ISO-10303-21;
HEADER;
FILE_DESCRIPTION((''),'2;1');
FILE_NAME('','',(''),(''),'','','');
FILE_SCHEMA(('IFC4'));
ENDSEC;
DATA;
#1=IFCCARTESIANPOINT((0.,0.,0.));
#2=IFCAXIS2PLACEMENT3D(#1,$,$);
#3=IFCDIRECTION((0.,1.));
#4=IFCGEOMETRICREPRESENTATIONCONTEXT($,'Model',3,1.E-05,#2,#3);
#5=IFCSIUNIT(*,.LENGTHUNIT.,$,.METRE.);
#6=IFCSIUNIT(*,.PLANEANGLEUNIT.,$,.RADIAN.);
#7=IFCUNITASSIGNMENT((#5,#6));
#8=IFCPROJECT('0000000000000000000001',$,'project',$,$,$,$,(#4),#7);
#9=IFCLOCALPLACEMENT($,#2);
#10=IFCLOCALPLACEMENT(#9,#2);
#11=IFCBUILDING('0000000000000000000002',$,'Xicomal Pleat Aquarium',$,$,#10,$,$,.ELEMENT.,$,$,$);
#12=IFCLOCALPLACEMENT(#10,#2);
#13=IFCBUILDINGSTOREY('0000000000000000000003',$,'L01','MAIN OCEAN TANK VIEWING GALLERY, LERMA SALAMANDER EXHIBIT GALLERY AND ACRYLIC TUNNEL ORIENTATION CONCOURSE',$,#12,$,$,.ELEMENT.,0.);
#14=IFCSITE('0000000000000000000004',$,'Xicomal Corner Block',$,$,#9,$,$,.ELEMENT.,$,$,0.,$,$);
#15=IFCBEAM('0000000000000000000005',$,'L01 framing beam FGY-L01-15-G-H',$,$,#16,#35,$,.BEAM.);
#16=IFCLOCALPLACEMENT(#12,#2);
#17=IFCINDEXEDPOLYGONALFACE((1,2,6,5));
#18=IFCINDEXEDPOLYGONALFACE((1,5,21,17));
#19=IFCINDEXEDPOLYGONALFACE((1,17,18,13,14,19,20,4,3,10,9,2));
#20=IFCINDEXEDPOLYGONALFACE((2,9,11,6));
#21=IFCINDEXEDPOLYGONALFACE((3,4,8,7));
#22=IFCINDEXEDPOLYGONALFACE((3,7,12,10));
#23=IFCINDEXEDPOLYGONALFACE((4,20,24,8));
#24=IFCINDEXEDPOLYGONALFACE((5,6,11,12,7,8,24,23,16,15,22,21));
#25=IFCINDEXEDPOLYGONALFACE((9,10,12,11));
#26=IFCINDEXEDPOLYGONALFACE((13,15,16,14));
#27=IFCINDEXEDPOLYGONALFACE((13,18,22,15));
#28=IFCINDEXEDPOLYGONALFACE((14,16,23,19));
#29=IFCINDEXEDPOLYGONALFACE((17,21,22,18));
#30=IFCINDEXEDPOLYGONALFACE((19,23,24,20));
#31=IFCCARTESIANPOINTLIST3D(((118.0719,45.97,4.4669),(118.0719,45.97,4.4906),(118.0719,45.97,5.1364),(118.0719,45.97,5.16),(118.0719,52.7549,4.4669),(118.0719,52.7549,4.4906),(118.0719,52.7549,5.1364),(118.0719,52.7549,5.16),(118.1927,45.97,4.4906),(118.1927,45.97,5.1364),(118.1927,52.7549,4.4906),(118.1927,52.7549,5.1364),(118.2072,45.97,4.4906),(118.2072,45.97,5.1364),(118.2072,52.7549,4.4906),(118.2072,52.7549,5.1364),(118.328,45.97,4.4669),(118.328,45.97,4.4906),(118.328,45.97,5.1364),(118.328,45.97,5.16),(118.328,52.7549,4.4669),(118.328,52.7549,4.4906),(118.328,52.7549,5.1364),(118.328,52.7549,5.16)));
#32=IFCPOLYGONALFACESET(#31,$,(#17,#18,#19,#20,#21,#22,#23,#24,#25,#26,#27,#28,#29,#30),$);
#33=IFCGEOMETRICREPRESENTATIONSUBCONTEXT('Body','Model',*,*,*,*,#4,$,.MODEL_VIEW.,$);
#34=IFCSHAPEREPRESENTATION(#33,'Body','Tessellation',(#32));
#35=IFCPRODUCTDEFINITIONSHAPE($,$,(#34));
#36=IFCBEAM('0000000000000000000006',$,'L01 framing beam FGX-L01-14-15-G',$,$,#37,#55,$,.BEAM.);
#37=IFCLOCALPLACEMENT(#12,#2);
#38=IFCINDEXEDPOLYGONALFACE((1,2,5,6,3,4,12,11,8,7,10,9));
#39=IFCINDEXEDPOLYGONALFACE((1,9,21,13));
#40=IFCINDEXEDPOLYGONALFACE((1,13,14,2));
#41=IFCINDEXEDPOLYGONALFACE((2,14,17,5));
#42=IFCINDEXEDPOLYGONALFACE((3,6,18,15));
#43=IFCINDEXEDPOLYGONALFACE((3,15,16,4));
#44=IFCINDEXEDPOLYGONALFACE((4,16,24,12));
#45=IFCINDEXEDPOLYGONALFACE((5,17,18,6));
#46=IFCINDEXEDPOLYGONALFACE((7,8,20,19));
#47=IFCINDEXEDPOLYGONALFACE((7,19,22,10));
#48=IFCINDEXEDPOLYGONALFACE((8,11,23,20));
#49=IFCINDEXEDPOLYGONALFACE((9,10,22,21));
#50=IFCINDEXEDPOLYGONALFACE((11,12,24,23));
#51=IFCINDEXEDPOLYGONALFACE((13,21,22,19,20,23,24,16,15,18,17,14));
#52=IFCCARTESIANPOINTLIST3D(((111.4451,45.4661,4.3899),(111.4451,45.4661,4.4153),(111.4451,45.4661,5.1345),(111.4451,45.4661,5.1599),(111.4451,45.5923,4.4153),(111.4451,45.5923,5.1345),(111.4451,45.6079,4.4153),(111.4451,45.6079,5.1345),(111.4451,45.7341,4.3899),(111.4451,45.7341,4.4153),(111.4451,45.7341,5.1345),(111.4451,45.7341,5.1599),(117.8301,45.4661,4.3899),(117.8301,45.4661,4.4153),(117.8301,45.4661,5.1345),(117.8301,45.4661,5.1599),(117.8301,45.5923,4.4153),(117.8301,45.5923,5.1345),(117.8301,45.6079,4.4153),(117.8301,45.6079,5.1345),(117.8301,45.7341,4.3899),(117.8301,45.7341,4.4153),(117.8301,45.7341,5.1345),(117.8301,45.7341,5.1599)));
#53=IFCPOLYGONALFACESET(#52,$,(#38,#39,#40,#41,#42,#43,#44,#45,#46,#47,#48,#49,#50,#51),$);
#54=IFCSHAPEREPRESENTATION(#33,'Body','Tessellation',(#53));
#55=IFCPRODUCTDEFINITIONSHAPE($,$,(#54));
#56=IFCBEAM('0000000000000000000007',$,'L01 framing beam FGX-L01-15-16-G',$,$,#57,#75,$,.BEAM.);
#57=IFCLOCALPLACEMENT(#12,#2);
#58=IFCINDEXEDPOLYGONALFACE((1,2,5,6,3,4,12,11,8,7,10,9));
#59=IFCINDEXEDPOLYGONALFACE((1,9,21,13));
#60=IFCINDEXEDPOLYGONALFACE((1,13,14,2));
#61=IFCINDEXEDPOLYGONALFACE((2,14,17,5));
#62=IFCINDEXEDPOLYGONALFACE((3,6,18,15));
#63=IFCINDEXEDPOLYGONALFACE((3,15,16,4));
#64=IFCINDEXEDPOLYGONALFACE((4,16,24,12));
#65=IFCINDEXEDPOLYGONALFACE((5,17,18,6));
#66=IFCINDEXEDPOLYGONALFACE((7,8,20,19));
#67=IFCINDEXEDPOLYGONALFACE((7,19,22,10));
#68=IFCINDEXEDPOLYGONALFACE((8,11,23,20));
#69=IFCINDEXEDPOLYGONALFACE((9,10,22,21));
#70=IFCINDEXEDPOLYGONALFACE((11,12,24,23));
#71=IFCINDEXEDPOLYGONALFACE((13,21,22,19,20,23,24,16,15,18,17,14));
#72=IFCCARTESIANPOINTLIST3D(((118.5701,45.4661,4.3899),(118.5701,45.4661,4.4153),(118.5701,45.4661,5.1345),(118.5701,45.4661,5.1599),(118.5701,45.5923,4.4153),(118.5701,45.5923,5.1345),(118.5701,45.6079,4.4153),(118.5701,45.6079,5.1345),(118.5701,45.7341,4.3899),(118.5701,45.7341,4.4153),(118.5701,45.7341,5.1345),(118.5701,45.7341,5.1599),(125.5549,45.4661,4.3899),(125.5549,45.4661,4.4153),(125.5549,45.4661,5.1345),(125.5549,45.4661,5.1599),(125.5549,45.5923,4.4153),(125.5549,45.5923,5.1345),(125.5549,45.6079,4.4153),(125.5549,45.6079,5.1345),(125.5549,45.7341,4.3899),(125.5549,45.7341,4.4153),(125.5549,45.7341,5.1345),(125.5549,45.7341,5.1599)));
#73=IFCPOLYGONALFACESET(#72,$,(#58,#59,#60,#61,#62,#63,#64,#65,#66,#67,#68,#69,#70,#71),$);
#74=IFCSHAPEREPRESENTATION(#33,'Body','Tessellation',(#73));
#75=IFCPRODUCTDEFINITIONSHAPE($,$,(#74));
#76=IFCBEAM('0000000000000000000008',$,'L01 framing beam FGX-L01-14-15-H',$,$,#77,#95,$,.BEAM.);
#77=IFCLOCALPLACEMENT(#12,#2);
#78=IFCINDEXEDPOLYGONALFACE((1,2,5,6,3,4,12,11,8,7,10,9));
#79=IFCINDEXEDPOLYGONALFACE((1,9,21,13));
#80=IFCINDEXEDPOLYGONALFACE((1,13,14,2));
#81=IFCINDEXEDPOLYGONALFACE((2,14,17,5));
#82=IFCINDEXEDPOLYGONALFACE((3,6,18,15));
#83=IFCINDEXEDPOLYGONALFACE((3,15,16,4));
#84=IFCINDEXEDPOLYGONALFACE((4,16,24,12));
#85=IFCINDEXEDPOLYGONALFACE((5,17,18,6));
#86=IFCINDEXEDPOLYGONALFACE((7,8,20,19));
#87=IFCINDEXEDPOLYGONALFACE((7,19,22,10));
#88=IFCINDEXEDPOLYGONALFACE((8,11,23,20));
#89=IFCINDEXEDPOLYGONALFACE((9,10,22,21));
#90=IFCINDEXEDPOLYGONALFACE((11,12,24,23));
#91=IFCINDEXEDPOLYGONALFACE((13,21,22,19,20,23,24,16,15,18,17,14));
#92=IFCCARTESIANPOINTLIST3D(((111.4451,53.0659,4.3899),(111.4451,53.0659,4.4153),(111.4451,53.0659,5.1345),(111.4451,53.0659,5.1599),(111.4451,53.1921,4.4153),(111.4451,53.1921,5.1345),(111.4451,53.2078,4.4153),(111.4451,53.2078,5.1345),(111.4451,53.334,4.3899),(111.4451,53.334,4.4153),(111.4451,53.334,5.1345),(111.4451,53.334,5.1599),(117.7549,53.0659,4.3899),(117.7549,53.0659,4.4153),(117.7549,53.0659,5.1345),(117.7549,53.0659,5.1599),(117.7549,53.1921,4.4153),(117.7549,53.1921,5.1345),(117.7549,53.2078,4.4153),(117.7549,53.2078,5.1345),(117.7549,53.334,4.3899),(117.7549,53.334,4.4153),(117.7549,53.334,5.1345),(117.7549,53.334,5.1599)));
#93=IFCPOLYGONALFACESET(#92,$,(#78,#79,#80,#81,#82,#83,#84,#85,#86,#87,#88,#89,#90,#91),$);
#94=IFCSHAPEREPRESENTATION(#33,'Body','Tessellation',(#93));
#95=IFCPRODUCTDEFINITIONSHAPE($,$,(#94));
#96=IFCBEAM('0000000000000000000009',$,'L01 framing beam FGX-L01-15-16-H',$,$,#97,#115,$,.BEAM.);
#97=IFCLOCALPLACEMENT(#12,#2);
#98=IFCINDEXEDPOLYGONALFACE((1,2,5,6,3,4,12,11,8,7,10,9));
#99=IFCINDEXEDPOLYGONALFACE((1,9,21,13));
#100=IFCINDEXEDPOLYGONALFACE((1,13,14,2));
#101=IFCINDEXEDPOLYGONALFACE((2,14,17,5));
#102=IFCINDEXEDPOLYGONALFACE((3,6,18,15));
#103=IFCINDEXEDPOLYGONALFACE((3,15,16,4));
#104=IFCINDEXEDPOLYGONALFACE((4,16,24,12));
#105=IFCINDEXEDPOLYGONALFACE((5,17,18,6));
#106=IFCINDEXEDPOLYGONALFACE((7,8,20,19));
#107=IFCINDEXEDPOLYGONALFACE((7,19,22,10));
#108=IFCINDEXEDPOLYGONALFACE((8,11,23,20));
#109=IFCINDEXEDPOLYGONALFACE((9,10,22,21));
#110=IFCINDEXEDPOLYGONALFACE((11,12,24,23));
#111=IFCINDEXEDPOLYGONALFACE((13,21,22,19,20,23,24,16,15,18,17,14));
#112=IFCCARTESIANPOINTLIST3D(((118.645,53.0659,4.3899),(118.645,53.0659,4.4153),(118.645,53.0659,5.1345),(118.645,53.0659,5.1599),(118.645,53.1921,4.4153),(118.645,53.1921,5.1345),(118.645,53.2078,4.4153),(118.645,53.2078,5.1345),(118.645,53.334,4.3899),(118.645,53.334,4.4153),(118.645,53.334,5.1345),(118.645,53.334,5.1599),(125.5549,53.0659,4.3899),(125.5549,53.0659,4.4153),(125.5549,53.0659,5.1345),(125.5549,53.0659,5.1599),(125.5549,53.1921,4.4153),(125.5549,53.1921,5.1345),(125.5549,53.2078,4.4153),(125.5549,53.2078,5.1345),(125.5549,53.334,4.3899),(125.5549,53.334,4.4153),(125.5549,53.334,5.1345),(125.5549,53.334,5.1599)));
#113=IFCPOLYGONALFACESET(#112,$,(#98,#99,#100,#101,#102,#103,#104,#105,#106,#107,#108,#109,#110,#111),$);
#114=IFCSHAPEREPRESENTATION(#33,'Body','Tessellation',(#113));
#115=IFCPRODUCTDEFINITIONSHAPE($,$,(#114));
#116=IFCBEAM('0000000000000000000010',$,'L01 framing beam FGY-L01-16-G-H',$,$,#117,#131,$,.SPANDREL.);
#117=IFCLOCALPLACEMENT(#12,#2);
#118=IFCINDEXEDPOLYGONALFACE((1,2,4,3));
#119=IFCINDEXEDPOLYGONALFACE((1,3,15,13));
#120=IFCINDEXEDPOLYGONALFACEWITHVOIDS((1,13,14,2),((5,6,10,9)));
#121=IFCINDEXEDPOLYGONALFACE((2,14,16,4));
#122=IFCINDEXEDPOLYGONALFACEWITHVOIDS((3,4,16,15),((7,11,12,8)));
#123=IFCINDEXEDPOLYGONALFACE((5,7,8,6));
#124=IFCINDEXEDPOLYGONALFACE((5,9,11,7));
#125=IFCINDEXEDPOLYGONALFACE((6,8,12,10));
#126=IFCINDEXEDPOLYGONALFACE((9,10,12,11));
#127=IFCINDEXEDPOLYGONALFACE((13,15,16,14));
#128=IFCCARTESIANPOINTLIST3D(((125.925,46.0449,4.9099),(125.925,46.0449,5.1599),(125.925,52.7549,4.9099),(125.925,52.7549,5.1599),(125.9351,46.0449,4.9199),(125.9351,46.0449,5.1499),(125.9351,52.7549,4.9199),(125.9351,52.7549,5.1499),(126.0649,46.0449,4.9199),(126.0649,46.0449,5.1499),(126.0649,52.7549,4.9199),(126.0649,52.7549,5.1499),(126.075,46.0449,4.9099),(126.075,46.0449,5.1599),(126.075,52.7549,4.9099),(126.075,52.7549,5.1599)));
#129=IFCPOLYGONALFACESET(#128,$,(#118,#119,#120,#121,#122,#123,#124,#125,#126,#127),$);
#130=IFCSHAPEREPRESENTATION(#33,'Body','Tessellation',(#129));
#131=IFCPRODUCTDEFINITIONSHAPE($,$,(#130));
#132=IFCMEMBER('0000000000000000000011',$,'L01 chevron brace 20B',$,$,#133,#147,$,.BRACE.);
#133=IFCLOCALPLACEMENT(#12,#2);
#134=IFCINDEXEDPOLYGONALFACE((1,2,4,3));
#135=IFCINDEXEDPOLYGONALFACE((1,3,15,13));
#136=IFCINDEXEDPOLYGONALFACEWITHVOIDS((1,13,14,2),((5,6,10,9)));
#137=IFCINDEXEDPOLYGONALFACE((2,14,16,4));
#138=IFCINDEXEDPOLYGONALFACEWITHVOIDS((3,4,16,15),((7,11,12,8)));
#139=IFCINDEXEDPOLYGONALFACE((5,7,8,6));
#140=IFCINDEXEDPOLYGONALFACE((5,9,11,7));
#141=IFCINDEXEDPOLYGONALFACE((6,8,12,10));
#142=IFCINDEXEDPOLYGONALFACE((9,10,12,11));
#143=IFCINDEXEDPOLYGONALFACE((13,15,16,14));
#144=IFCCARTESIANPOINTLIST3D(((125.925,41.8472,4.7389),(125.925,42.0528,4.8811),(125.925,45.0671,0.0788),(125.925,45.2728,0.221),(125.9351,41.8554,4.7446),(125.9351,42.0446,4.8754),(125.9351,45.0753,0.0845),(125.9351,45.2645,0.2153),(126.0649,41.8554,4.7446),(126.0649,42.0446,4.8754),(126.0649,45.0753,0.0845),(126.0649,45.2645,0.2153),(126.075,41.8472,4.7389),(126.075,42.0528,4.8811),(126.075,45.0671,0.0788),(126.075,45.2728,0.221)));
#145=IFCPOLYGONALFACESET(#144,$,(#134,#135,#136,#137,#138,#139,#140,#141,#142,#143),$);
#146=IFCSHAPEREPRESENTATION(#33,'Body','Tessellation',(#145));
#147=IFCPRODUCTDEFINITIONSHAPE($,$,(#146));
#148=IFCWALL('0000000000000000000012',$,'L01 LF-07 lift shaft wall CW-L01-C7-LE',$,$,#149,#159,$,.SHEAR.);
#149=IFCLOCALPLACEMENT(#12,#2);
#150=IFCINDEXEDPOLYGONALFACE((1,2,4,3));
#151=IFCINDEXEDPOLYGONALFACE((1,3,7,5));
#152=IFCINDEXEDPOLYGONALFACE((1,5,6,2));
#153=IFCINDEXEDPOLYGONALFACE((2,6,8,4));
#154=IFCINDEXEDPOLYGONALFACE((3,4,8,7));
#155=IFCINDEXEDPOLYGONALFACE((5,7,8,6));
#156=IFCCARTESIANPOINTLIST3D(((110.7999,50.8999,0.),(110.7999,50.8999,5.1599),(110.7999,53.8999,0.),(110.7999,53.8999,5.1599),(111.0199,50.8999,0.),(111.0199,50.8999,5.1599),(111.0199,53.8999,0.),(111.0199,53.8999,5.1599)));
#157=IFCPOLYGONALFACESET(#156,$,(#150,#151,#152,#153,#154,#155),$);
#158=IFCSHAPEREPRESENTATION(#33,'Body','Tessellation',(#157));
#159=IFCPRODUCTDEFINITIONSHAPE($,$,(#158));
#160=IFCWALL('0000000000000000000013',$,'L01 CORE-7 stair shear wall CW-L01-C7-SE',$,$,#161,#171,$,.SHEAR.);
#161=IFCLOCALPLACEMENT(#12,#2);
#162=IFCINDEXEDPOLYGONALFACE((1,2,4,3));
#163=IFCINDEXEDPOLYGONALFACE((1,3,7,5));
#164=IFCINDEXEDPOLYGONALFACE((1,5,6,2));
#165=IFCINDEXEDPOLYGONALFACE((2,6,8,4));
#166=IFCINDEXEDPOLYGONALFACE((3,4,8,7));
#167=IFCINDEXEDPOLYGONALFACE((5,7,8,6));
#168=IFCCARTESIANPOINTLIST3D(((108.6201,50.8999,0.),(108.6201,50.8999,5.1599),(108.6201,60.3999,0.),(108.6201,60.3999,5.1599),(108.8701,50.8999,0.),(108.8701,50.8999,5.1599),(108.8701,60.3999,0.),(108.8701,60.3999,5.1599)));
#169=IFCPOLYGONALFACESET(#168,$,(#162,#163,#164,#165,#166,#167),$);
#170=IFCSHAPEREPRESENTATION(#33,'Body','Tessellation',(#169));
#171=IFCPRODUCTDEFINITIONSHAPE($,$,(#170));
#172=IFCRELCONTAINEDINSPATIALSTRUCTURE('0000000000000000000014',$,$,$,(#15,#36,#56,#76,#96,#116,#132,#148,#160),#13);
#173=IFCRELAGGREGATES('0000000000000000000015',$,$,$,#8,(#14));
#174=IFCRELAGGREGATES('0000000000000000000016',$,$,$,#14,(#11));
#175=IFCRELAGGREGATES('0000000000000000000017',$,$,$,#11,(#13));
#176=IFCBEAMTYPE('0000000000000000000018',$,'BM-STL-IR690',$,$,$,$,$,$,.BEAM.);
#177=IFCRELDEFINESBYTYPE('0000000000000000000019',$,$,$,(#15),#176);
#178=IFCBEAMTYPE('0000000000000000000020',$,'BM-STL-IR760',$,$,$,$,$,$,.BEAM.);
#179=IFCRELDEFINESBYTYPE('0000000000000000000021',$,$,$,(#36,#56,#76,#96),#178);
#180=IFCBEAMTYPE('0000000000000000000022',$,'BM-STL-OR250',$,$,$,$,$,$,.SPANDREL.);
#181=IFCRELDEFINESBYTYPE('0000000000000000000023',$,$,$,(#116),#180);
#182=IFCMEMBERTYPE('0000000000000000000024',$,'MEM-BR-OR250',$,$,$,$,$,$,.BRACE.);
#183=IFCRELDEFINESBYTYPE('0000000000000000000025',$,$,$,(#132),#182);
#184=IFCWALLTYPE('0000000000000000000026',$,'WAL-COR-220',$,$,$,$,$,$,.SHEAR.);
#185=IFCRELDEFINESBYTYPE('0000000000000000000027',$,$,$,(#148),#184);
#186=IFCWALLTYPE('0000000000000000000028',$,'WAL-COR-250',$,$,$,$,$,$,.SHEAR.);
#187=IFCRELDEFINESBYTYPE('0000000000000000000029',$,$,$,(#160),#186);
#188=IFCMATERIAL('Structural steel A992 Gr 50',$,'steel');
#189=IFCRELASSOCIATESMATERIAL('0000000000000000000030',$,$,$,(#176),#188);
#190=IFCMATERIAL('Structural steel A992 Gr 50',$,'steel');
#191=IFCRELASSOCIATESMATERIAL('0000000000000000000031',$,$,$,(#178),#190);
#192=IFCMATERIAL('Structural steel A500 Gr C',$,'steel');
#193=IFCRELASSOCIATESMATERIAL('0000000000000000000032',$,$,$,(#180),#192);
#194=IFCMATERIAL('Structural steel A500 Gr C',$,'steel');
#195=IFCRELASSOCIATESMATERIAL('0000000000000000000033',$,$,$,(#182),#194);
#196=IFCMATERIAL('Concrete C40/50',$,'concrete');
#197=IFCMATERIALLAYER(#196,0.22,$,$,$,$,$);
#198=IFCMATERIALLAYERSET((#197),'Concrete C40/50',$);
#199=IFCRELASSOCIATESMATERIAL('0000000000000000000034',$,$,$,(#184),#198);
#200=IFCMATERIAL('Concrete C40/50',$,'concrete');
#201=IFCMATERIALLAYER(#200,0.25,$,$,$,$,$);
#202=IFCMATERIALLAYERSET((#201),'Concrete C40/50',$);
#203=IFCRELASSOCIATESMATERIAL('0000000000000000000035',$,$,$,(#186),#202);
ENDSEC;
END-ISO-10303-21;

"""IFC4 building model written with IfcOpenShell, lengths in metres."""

from ifc_helpers import new_model, si_unit, direction, frame, frame_2d, origin, origin_2d, place, context, subcontext, project, spatial, rectangle, hollow_rectangle, i_section, extrude, material, layer, layer_set, material_profile, profile_set, type_object, element, save


model = new_model("IFC4")

# Units and contexts
model_context = context("Model", 3, precision=1e-05, world=origin(), true_north=direction((0.0, 1.0)))
body_context = subcontext(model_context, "Body", "Model", "MODEL_VIEW")
ifc_project = project(units=[si_unit("LENGTHUNIT", "METRE"), si_unit("PLANEANGLEUNIT", "RADIAN")], contexts=[model_context])

# Site, building, storey
site_placement = place(None, origin())
site = spatial("IfcSite", under=ifc_project, at=site_placement, Name="Xicomal Corner Block", CompositionType="ELEMENT", RefElevation=0.0)
building_placement = place(site_placement, origin())
building = spatial("IfcBuilding", under=site, at=building_placement, Name="Xicomal Pleat Aquarium", CompositionType="ELEMENT")
storey_placement = place(building_placement, origin())
storey = spatial("IfcBuildingStorey", under=building, at=storey_placement, Name="L01", Description="MAIN OCEAN TANK VIEWING GALLERY, LERMA SALAMANDER EXHIBIT GALLERY AND ACRYLIC TUNNEL ORIENTATION CONCOURSE", CompositionType="ELEMENT", Elevation=0.0)

# Beams
ifc_material_1 = material(Name="Structural steel A992 Gr 50", Category="steel")
ifc_material_profile_1 = material_profile(ifc_material_1, i_section(OverallWidth=0.2561, OverallDepth=0.6931, WebThickness=0.0144, FlangeThickness=0.0237, at=origin_2d()), Name="IR 690x170")
ifc_profile_set_1 = profile_set([ifc_material_profile_1], Name="Structural steel A992 Gr 50")
beam_type_1 = type_object("IfcBeamType", Name="BM-STL-IR690", PredefinedType="BEAM", material=ifc_profile_set_1)
beam_1_placement = place(storey_placement, frame((118.2, 45.97, 4.8135), z_axis=(0.0, 1.0, 0.0), x_axis=(-1.0, 0.0, 0.0)))
element("IfcBeam", 1, at=beam_1_placement, inside=storey, type_object=beam_type_1, Name="L01 framing beam FGY-L01-15-G-H", PredefinedType="BEAM", context=body_context, shape_type="SweptSolid", body=[
    extrude(i_section(OverallWidth=0.2561, OverallDepth=0.6931, WebThickness=0.0144, FlangeThickness=0.0237, at=origin_2d()), origin(), (0.0, 0.0, 1.0), 6.7849),
])
ifc_material_2 = material(Name="Structural steel A992 Gr 50", Category="steel")
ifc_material_profile_2 = material_profile(ifc_material_2, i_section(OverallWidth=0.2681, OverallDepth=0.77, WebThickness=0.0156, FlangeThickness=0.0254, at=origin_2d()), Name="IR 760x196")
ifc_profile_set_2 = profile_set([ifc_material_profile_2], Name="Structural steel A992 Gr 50")
beam_type_2 = type_object("IfcBeamType", Name="BM-STL-IR760", PredefinedType="BEAM", material=ifc_profile_set_2)
beam_2_placement = place(storey_placement, frame((111.4451, 45.6001, 4.7749), z_axis=(1.0, 0.0, 0.0), x_axis=(0.0, 1.0, 0.0)))
element("IfcBeam", 2, at=beam_2_placement, inside=storey, type_object=beam_type_2, Name="L01 framing beam FGX-L01-14-15-G", PredefinedType="BEAM", context=body_context, shape_type="SweptSolid", body=[
    extrude(i_section(OverallWidth=0.2681, OverallDepth=0.77, WebThickness=0.0156, FlangeThickness=0.0254, at=origin_2d()), origin(), (0.0, 0.0, 1.0), 6.385),
])
beam_3_placement = place(storey_placement, frame((118.5701, 45.6001, 4.7749), z_axis=(1.0, 0.0, 0.0), x_axis=(0.0, 1.0, 0.0)))
element("IfcBeam", 3, at=beam_3_placement, inside=storey, type_object=beam_type_2, Name="L01 framing beam FGX-L01-15-16-G", PredefinedType="BEAM", context=body_context, shape_type="SweptSolid", body=[
    extrude(i_section(OverallWidth=0.2681, OverallDepth=0.77, WebThickness=0.0156, FlangeThickness=0.0254, at=origin_2d()), origin(), (0.0, 0.0, 1.0), 6.9849),
])
beam_4_placement = place(storey_placement, frame((111.4451, 53.2, 4.7749), z_axis=(1.0, 0.0, 0.0), x_axis=(0.0, 1.0, 0.0)))
element("IfcBeam", 4, at=beam_4_placement, inside=storey, type_object=beam_type_2, Name="L01 framing beam FGX-L01-14-15-H", PredefinedType="BEAM", context=body_context, shape_type="SweptSolid", body=[
    extrude(i_section(OverallWidth=0.2681, OverallDepth=0.77, WebThickness=0.0156, FlangeThickness=0.0254, at=origin_2d()), origin(), (0.0, 0.0, 1.0), 6.3098),
])
beam_5_placement = place(storey_placement, frame((118.645, 53.2, 4.7749), z_axis=(1.0, 0.0, 0.0), x_axis=(0.0, 1.0, 0.0)))
element("IfcBeam", 5, at=beam_5_placement, inside=storey, type_object=beam_type_2, Name="L01 framing beam FGX-L01-15-16-H", PredefinedType="BEAM", context=body_context, shape_type="SweptSolid", body=[
    extrude(i_section(OverallWidth=0.2681, OverallDepth=0.77, WebThickness=0.0156, FlangeThickness=0.0254, at=origin_2d()), origin(), (0.0, 0.0, 1.0), 6.9099),
])
ifc_material_3 = material(Name="Structural steel A500 Gr C", Category="steel")
ifc_material_profile_3 = material_profile(ifc_material_3, hollow_rectangle(XDim=0.1499, YDim=0.25, WallThickness=0.01, at=origin_2d()), Name="OR 250x150x10")
ifc_profile_set_3 = profile_set([ifc_material_profile_3], Name="Structural steel A500 Gr C")
beam_type_3 = type_object("IfcBeamType", Name="BM-STL-OR250", PredefinedType="SPANDREL", material=ifc_profile_set_3)
beam_6_placement = place(storey_placement, frame((126.0, 46.0449, 5.0349), z_axis=(0.0, 1.0, 0.0), x_axis=(-1.0, 0.0, 0.0)))
element("IfcBeam", 6, at=beam_6_placement, inside=storey, type_object=beam_type_3, Name="L01 framing beam FGY-L01-16-G-H", PredefinedType="SPANDREL", context=body_context, shape_type="SweptSolid", body=[
    extrude(hollow_rectangle(XDim=0.1499, YDim=0.25, WallThickness=0.01, at=origin_2d()), origin(), (0.0, 0.0, 1.0), 6.71),
])

# Member
ifc_material_4 = material(Name="Structural steel A500 Gr C", Category="steel")
ifc_material_profile_4 = material_profile(ifc_material_4, hollow_rectangle(XDim=0.1499, YDim=0.25, WallThickness=0.01, at=origin_2d()), Name="OR 250x150x10")
ifc_profile_set_4 = profile_set([ifc_material_profile_4], Name="Structural steel A500 Gr C")
member_type = type_object("IfcMemberType", Name="MEM-BR-OR250", PredefinedType="BRACE", material=ifc_profile_set_4)
member_placement = place(storey_placement, frame((126.0, 45.1699, 0.1499), z_axis=(0.0, -0.568459, 0.822712), x_axis=(1.0, 0.0, 0.0)))
element("IfcMember", 7, at=member_placement, inside=storey, type_object=member_type, Name="L01 chevron brace 20B", PredefinedType="BRACE", context=body_context, shape_type="SweptSolid", body=[
    extrude(hollow_rectangle(XDim=0.1499, YDim=0.25, WallThickness=0.01, at=origin_2d()), origin(), (0.0, 0.0, 1.0), 5.6643),
])

# Shared definitions
ifc_material_5 = material(Name="Concrete C40/50", Category="concrete")
ifc_layer_1 = layer(ifc_material_5, 0.22)
ifc_layer_set_1 = layer_set([ifc_layer_1], Name="Concrete C40/50")
wall_type_1 = type_object("IfcWallType", Name="WAL-COR-220", PredefinedType="SHEAR", material=ifc_layer_set_1)

# Walls
wall_1_placement = place(storey_placement, frame((110.9099, 50.8999, 0.0), z_axis=(0.0, 0.0, 1.0), x_axis=(0.0, 1.0, 0.0)))
element("IfcWall", 8, at=wall_1_placement, inside=storey, type_object=wall_type_1, Name="L01 LF-07 lift shaft wall CW-L01-C7-LE", PredefinedType="SHEAR", context=body_context, shape_type="SweptSolid", body=[
    extrude(rectangle(XDim=3.0, YDim=0.22, at=frame_2d((1.5, 0.0))), origin(), (0.0, 0.0, 1.0), 5.1599),
])
ifc_material_6 = material(Name="Concrete C40/50", Category="concrete")
ifc_layer_2 = layer(ifc_material_6, 0.25)
ifc_layer_set_2 = layer_set([ifc_layer_2], Name="Concrete C40/50")
wall_type_2 = type_object("IfcWallType", Name="WAL-COR-250", PredefinedType="SHEAR", material=ifc_layer_set_2)
wall_2_placement = place(storey_placement, frame((108.7451, 50.8999, 0.0), z_axis=(0.0, 0.0, 1.0), x_axis=(0.0, 1.0, 0.0)))
element("IfcWall", 9, at=wall_2_placement, inside=storey, type_object=wall_type_2, Name="L01 CORE-7 stair shear wall CW-L01-C7-SE", PredefinedType="SHEAR", context=body_context, shape_type="SweptSolid", body=[
    extrude(rectangle(XDim=9.5, YDim=0.25, at=frame_2d((4.75, 0.0))), origin(), (0.0, 0.0, 1.0), 5.1599),
])

save(model, "model.ifc")
